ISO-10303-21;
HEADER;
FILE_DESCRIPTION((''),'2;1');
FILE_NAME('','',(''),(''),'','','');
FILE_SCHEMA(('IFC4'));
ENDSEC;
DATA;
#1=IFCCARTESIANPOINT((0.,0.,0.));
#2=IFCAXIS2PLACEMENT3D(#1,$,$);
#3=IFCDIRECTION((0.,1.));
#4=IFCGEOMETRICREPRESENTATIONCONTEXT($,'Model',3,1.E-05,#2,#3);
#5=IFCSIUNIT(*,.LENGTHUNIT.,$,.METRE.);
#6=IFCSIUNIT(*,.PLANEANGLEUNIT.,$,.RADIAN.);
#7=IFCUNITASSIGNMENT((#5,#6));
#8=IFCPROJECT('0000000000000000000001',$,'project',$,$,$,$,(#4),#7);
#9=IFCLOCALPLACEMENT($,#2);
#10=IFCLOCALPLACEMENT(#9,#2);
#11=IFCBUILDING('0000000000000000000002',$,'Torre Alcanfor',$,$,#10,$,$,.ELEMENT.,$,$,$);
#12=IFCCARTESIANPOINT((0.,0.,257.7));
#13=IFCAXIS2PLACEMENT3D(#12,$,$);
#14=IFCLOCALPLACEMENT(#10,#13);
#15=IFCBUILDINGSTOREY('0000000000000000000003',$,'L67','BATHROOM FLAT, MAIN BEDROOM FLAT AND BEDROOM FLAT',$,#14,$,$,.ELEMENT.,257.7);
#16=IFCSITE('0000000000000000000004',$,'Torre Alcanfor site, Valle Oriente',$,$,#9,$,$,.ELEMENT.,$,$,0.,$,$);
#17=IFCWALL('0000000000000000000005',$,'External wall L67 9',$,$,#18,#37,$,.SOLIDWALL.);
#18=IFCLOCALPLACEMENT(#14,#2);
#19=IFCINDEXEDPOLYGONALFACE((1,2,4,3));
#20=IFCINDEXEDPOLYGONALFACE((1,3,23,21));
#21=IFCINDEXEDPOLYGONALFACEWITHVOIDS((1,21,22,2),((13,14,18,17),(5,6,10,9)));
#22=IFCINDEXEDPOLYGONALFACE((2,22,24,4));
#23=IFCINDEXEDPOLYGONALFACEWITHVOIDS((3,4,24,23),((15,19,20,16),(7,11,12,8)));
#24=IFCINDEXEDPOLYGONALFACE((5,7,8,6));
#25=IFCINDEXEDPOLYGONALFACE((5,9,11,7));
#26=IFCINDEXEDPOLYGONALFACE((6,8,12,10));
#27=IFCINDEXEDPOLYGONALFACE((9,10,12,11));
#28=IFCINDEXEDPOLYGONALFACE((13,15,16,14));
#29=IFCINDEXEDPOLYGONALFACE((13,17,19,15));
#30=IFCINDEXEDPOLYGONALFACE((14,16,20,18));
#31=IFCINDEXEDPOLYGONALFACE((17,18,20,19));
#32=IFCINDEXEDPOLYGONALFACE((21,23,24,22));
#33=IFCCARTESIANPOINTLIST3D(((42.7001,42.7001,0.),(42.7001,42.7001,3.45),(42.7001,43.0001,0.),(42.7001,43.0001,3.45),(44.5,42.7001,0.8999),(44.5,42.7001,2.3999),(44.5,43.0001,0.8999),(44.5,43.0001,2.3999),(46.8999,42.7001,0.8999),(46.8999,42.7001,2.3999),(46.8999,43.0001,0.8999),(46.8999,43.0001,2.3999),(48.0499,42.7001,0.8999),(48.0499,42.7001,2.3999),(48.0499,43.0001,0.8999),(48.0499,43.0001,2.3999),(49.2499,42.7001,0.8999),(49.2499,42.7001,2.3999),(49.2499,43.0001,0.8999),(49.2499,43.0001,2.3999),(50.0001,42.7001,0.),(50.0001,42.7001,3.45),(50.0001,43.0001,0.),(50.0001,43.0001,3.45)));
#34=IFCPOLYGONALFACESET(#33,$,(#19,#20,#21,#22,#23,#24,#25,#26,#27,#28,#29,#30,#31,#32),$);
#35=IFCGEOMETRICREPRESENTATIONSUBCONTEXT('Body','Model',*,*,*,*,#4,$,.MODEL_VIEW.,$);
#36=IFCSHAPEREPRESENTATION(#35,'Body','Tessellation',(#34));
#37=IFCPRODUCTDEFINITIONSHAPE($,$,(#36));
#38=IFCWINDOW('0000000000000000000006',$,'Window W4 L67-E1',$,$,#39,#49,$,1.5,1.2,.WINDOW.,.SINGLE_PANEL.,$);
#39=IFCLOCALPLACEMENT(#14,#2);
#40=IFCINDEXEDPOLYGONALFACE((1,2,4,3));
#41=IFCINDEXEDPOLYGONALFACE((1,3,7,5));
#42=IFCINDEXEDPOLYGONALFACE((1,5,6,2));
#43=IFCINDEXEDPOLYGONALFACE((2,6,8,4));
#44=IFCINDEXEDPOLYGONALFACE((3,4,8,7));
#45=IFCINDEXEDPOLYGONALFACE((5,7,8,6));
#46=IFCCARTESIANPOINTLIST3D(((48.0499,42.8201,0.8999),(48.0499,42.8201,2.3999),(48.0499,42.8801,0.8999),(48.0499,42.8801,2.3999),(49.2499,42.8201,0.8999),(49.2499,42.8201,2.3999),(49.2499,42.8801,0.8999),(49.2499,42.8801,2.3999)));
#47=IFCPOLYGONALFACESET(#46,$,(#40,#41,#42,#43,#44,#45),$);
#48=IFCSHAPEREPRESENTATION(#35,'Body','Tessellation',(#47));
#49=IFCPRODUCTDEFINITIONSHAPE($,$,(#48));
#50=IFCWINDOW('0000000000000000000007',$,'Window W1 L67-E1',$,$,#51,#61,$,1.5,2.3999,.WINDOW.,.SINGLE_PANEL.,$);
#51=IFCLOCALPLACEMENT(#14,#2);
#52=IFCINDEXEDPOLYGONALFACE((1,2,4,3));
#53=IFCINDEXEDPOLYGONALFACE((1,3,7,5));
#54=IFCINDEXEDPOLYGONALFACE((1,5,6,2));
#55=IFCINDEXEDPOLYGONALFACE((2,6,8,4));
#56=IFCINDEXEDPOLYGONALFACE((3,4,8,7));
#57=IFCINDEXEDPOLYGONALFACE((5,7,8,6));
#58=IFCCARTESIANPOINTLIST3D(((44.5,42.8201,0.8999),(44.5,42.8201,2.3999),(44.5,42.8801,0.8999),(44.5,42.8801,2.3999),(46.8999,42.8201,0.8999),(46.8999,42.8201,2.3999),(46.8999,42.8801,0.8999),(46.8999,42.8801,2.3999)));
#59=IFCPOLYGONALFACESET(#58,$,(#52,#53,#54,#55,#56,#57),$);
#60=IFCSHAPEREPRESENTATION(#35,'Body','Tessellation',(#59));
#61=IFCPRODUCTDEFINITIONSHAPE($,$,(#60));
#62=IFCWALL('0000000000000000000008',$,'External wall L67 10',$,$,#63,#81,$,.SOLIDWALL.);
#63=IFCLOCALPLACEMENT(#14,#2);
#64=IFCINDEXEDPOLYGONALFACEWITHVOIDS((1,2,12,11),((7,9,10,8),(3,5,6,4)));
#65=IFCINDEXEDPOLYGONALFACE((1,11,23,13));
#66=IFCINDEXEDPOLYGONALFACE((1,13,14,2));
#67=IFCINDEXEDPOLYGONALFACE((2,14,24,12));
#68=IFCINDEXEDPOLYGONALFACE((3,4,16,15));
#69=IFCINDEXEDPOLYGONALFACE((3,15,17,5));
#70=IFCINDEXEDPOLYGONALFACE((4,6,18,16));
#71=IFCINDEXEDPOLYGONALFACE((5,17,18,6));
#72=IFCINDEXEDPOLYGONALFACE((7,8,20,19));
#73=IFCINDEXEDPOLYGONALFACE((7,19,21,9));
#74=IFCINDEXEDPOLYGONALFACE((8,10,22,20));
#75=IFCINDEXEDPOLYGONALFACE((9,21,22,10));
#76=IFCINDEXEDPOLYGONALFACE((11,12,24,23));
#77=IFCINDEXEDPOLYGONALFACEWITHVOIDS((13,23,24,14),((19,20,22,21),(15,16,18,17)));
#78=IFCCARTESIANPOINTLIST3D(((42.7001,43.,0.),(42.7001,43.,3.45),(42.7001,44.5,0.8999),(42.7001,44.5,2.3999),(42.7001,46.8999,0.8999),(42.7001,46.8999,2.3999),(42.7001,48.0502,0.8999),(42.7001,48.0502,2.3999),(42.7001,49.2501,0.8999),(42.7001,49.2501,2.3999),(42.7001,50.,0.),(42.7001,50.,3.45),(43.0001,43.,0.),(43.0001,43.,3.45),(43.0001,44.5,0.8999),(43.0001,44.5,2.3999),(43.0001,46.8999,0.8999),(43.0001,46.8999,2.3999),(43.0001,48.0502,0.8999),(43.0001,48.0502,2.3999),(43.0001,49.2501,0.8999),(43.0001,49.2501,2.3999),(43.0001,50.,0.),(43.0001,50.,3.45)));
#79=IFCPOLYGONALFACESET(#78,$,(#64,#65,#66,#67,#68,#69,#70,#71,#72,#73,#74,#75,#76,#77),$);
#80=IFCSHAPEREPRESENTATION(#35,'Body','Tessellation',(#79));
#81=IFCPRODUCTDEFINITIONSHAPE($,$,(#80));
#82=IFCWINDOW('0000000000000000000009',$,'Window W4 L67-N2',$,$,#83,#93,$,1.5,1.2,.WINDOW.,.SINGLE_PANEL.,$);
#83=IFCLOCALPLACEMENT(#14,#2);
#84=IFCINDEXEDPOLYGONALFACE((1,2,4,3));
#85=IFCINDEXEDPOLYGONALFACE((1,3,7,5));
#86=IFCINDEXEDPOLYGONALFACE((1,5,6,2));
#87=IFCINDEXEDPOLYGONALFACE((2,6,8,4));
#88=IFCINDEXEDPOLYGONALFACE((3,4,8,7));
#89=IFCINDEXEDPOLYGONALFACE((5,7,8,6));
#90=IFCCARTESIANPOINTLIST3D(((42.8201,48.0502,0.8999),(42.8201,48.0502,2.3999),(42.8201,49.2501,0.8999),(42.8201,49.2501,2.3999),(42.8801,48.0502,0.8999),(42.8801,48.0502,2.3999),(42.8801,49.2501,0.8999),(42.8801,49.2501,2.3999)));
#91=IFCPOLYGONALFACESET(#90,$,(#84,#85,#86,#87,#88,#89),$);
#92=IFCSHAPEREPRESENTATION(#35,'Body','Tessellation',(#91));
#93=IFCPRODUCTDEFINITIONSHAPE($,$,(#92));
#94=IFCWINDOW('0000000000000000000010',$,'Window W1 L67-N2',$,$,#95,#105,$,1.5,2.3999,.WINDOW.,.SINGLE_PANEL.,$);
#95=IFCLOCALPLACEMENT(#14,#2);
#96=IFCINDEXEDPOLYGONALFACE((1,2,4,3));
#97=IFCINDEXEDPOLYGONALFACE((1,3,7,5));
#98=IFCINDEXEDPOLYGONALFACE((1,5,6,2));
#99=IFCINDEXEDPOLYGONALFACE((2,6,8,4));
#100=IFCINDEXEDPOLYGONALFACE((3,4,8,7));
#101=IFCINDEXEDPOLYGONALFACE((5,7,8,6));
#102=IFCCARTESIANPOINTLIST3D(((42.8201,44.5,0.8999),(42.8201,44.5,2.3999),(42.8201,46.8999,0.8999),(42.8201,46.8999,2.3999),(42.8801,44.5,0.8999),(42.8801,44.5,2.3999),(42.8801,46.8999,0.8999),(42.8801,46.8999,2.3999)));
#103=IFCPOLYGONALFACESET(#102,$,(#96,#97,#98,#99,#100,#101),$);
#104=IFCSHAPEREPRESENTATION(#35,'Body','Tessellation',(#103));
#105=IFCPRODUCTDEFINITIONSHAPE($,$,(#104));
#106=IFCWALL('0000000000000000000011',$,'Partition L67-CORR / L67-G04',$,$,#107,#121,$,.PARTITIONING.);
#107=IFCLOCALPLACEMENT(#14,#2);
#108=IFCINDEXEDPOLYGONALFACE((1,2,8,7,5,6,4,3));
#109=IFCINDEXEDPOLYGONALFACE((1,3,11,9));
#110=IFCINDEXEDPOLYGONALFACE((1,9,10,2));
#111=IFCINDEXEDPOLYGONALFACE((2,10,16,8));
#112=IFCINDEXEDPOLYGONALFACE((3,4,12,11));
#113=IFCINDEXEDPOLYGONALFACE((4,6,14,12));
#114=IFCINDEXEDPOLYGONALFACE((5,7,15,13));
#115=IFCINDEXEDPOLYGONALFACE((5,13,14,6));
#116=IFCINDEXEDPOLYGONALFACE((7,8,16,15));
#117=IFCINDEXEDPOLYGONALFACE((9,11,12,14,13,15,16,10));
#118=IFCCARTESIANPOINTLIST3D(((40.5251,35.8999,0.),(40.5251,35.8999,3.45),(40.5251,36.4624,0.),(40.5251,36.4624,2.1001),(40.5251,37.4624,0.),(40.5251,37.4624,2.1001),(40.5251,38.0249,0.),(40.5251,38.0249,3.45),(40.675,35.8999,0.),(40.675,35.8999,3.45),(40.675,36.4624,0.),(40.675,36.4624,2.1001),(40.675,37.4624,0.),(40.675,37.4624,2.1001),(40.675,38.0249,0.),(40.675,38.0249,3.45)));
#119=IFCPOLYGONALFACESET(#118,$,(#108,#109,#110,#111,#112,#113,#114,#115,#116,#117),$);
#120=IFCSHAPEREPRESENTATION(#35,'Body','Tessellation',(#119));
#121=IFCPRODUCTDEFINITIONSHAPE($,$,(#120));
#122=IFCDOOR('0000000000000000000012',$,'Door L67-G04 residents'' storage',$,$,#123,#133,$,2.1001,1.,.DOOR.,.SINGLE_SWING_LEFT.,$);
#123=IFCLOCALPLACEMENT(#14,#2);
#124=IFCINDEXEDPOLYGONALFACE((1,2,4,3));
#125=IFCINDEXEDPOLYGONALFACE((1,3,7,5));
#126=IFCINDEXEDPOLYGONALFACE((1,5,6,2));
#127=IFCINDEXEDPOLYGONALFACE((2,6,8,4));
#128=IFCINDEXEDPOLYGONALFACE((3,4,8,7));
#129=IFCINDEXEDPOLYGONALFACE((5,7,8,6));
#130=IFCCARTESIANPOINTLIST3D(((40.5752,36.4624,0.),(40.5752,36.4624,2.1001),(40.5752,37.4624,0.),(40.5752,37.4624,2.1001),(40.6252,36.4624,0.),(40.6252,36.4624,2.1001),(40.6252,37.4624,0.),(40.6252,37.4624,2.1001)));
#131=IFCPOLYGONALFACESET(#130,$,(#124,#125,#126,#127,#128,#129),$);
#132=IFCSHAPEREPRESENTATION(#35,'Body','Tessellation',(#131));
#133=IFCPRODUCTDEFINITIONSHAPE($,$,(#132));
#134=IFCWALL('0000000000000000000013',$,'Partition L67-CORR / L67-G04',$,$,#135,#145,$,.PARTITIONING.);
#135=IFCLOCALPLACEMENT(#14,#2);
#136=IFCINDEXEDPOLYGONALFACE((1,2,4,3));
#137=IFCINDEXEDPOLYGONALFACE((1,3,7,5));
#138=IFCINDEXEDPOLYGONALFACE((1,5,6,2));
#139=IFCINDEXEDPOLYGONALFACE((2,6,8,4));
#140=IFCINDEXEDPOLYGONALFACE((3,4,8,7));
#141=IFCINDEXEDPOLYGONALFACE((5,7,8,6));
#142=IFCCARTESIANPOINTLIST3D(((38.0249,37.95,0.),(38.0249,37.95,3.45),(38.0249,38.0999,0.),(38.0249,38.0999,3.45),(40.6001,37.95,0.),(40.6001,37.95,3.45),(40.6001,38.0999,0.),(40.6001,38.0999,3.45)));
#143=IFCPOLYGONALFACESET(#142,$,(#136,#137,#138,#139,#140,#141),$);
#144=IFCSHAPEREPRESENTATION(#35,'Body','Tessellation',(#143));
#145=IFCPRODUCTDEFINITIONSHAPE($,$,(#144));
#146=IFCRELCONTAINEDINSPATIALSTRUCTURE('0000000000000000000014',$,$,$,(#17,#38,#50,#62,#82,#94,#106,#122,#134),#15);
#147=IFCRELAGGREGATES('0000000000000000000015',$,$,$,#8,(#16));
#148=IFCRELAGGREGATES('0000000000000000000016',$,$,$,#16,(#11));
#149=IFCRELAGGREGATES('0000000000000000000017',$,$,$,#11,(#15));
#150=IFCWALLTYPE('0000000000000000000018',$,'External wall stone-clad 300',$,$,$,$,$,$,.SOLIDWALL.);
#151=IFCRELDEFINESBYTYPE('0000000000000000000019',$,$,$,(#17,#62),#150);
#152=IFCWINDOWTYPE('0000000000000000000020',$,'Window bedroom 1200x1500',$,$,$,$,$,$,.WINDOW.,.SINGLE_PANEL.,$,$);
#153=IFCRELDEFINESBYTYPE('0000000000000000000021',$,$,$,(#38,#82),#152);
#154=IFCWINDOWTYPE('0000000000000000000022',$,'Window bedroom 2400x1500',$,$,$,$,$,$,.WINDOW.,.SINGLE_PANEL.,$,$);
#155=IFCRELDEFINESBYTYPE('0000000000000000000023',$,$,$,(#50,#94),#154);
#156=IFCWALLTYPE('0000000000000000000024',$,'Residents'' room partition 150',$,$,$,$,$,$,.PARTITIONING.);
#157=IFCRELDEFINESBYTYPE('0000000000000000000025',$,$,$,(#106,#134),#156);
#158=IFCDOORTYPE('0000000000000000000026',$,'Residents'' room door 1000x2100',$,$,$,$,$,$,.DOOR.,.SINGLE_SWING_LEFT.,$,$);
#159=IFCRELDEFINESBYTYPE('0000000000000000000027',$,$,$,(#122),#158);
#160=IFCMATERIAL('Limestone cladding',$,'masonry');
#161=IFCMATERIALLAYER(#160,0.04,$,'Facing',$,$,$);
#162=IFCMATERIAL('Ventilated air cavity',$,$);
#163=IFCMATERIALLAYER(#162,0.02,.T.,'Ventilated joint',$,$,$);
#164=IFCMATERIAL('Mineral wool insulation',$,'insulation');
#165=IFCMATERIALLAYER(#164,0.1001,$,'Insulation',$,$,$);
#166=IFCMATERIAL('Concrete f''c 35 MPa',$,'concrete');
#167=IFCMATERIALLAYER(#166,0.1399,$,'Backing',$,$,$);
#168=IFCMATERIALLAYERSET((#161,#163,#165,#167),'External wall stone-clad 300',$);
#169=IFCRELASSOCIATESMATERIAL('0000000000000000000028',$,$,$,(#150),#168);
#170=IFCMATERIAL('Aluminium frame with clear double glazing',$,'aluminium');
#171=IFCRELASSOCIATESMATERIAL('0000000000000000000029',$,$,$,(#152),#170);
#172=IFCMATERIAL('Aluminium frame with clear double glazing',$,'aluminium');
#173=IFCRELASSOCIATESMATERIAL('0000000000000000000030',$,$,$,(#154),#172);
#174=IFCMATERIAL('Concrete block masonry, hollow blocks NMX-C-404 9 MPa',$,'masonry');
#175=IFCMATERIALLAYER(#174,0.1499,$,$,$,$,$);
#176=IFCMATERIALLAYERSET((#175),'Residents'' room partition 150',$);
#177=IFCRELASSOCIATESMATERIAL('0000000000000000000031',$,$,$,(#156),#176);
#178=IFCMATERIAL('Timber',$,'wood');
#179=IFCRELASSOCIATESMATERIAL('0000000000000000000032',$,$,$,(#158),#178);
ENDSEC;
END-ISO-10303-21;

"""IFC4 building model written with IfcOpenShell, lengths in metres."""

from ifc_helpers import new_model, si_unit, direction, frame, frame_2d, origin, place, context, subcontext, project, spatial, rectangle, extrude, material, layer, layer_set, type_object, element, fill, save


model = new_model("IFC4")

# Units and contexts
model_context = context("Model", 3, precision=1e-05, world=origin(), true_north=direction((0.0, 1.0)))
body_context = subcontext(model_context, "Body", "Model", "MODEL_VIEW")
ifc_project = project(units=[si_unit("LENGTHUNIT", "METRE"), si_unit("PLANEANGLEUNIT", "RADIAN")], contexts=[model_context])

# Site, building, storey
site_placement = place(None, origin())
site = spatial("IfcSite", under=ifc_project, at=site_placement, Name="Torre Alcanfor site, Valle Oriente", CompositionType="ELEMENT", RefElevation=0.0)
building_placement = place(site_placement, origin())
building = spatial("IfcBuilding", under=site, at=building_placement, Name="Torre Alcanfor", CompositionType="ELEMENT")
storey_placement = place(building_placement, frame((0.0, 0.0, 257.7)))
storey = spatial("IfcBuildingStorey", under=building, at=storey_placement, Name="L67", Description="BATHROOM FLAT, MAIN BEDROOM FLAT AND BEDROOM FLAT", CompositionType="ELEMENT", Elevation=257.7)

# Walls, openings, windows
ifc_material_1 = material(Name="Limestone cladding", Category="masonry")
ifc_layer_1 = layer(ifc_material_1, 0.04, Name="Facing")
ifc_material_2 = material(Name="Ventilated air cavity")
ifc_layer_2 = layer(ifc_material_2, 0.02, ventilated=True, Name="Ventilated joint")
ifc_material_3 = material(Name="Mineral wool insulation", Category="insulation")
ifc_layer_3 = layer(ifc_material_3, 0.1001, Name="Insulation")
ifc_material_4 = material(Name="Concrete f'c 35 MPa", Category="concrete")
ifc_layer_4 = layer(ifc_material_4, 0.1399, Name="Backing")
ifc_layer_set_1 = layer_set([ifc_layer_1, ifc_layer_2, ifc_layer_3, ifc_layer_4], Name="External wall stone-clad 300")
wall_type_1 = type_object("IfcWallType", Name="External wall stone-clad 300", PredefinedType="SOLIDWALL", material=ifc_layer_set_1)
wall_1_placement = place(storey_placement, frame((50.0, 42.8501, 0.0), z_axis=(0.0, 0.0, 1.0), x_axis=(-1.0, 0.0, 0.0)))
wall_1 = element("IfcWall", 1, at=wall_1_placement, inside=storey, type_object=wall_type_1, Name="External wall L67 9", PredefinedType="SOLIDWALL", context=body_context, shape_type="SweptSolid", body=[
    extrude(rectangle(XDim=7.3, YDim=0.3, at=frame_2d((3.6499, 0.0))), origin(), (0.0, 0.0, 1.0), 3.45),
])
opening_1_placement = place(wall_1_placement, frame((3.1001, 0.0, 0.8999)))
opening_1 = element("IfcOpeningElement", 2, at=opening_1_placement, cuts=wall_1, PredefinedType="OPENING", context=body_context, shape_type="SweptSolid", body=[
    extrude(rectangle(XDim=2.3999, YDim=1.5, at=frame_2d((1.2, 0.75))), frame((0.0, 0.1599, 0.0), z_axis=(0.0, -1.0, 0.0), x_axis=(1.0, 0.0, 0.0)), (0.0, 0.0, 1.0), 0.3201),
])
opening_2_placement = place(wall_1_placement, frame((0.75, 0.0, 0.8999)))
opening_2 = element("IfcOpeningElement", 3, at=opening_2_placement, cuts=wall_1, PredefinedType="OPENING", context=body_context, shape_type="SweptSolid", body=[
    extrude(rectangle(XDim=1.2, YDim=1.5, at=frame_2d((0.6001, 0.75))), frame((0.0, 0.1599, 0.0), z_axis=(0.0, -1.0, 0.0), x_axis=(1.0, 0.0, 0.0)), (0.0, 0.0, 1.0), 0.3201),
])
ifc_material_5 = material(Name="Aluminium frame with clear double glazing", Category="aluminium")
window_type_1 = type_object("IfcWindowType", Name="Window bedroom 1200x1500", PartitioningType="SINGLE_PANEL", PredefinedType="WINDOW", material=ifc_material_5)
window_1_placement = place(opening_2_placement, origin())
window_1 = element("IfcWindow", 4, at=window_1_placement, inside=storey, type_object=window_type_1, Name="Window W4 L67-E1", OverallHeight=1.5, OverallWidth=1.2, PartitioningType="SINGLE_PANEL", PredefinedType="WINDOW", context=body_context, shape_type="SweptSolid", body=[
    extrude(rectangle(XDim=1.2, YDim=1.5, at=frame_2d((0.6001, 0.75))), frame((0.0, 0.03, 0.0), z_axis=(0.0, -1.0, 0.0), x_axis=(1.0, 0.0, 0.0)), (0.0, 0.0, 1.0), 0.0601),
])
fill(opening_2, window_1)
ifc_material_6 = material(Name="Aluminium frame with clear double glazing", Category="aluminium")
window_type_2 = type_object("IfcWindowType", Name="Window bedroom 2400x1500", PartitioningType="SINGLE_PANEL", PredefinedType="WINDOW", material=ifc_material_6)
window_2_placement = place(opening_1_placement, origin())
window_2 = element("IfcWindow", 5, at=window_2_placement, inside=storey, type_object=window_type_2, Name="Window W1 L67-E1", OverallHeight=1.5, OverallWidth=2.3999, PartitioningType="SINGLE_PANEL", PredefinedType="WINDOW", context=body_context, shape_type="SweptSolid", body=[
    extrude(rectangle(XDim=2.3999, YDim=1.5, at=frame_2d((1.2, 0.75))), frame((0.0, 0.03, 0.0), z_axis=(0.0, -1.0, 0.0), x_axis=(1.0, 0.0, 0.0)), (0.0, 0.0, 1.0), 0.0601),
])
fill(opening_1, window_2)
wall_2_placement = place(storey_placement, frame((42.8501, 43.0, 0.0), z_axis=(0.0, 0.0, 1.0), x_axis=(0.0, 1.0, 0.0)))
wall_2 = element("IfcWall", 6, at=wall_2_placement, inside=storey, type_object=wall_type_1, Name="External wall L67 10", PredefinedType="SOLIDWALL", context=body_context, shape_type="SweptSolid", body=[
    extrude(rectangle(XDim=7.0, YDim=0.3, at=frame_2d((3.5, 0.0))), origin(), (0.0, 0.0, 1.0), 3.45),
])
opening_3_placement = place(wall_2_placement, frame((1.5, 0.0, 0.8999)))
opening_3 = element("IfcOpeningElement", 7, at=opening_3_placement, cuts=wall_2, PredefinedType="OPENING", context=body_context, shape_type="SweptSolid", body=[
    extrude(rectangle(XDim=2.3999, YDim=1.5, at=frame_2d((1.2, 0.75))), frame((0.0, 0.1599, 0.0), z_axis=(0.0, -1.0, 0.0), x_axis=(1.0, 0.0, 0.0)), (0.0, 0.0, 1.0), 0.3201),
])
opening_4_placement = place(wall_2_placement, frame((5.05, 0.0, 0.8999)))
opening_4 = element("IfcOpeningElement", 8, at=opening_4_placement, cuts=wall_2, PredefinedType="OPENING", context=body_context, shape_type="SweptSolid", body=[
    extrude(rectangle(XDim=1.2, YDim=1.5, at=frame_2d((0.6001, 0.75))), frame((0.0, 0.1599, 0.0), z_axis=(0.0, -1.0, 0.0), x_axis=(1.0, 0.0, 0.0)), (0.0, 0.0, 1.0), 0.3201),
])
window_3_placement = place(opening_4_placement, origin())
window_3 = element("IfcWindow", 9, at=window_3_placement, inside=storey, type_object=window_type_1, Name="Window W4 L67-N2", OverallHeight=1.5, OverallWidth=1.2, PartitioningType="SINGLE_PANEL", PredefinedType="WINDOW", context=body_context, shape_type="SweptSolid", body=[
    extrude(rectangle(XDim=1.2, YDim=1.5, at=frame_2d((0.6001, 0.75))), frame((0.0, 0.03, 0.0), z_axis=(0.0, -1.0, 0.0), x_axis=(1.0, 0.0, 0.0)), (0.0, 0.0, 1.0), 0.0601),
])
fill(opening_4, window_3)
window_4_placement = place(opening_3_placement, origin())
window_4 = element("IfcWindow", 10, at=window_4_placement, inside=storey, type_object=window_type_2, Name="Window W1 L67-N2", OverallHeight=1.5, OverallWidth=2.3999, PartitioningType="SINGLE_PANEL", PredefinedType="WINDOW", context=body_context, shape_type="SweptSolid", body=[
    extrude(rectangle(XDim=2.3999, YDim=1.5, at=frame_2d((1.2, 0.75))), frame((0.0, 0.03, 0.0), z_axis=(0.0, -1.0, 0.0), x_axis=(1.0, 0.0, 0.0)), (0.0, 0.0, 1.0), 0.0601),
])
fill(opening_3, window_4)

# Wall, opening, door
ifc_material_7 = material(Name="Concrete block masonry, hollow blocks NMX-C-404 9 MPa", Category="masonry")
ifc_layer_5 = layer(ifc_material_7, 0.1499)
ifc_layer_set_2 = layer_set([ifc_layer_5], Name="Residents' room partition 150")
wall_type_2 = type_object("IfcWallType", Name="Residents' room partition 150", PredefinedType="PARTITIONING", material=ifc_layer_set_2)
wall_3_placement = place(storey_placement, frame((40.6001, 35.8999, 0.0), z_axis=(0.0, 0.0, 1.0), x_axis=(0.0, 1.0, 0.0)))
wall_3 = element("IfcWall", 11, at=wall_3_placement, inside=storey, type_object=wall_type_2, Name="Partition L67-CORR / L67-G04", PredefinedType="PARTITIONING", context=body_context, shape_type="SweptSolid", body=[
    extrude(rectangle(XDim=2.125, YDim=0.1499, at=frame_2d((1.0625, 0.0))), origin(), (0.0, 0.0, 1.0), 3.45),
])
opening_5_placement = place(wall_3_placement, frame((0.5625, 0.0, 0.0)))
opening_5 = element("IfcOpeningElement", 12, at=opening_5_placement, cuts=wall_3, PredefinedType="OPENING", context=body_context, shape_type="SweptSolid", body=[
    extrude(rectangle(XDim=1.0, YDim=2.1001, at=frame_2d((0.5, 1.05))), frame((0.0, 0.085, 0.0), z_axis=(0.0, -1.0, 0.0), x_axis=(1.0, 0.0, 0.0)), (0.0, 0.0, 1.0), 0.1699),
])
ifc_material_8 = material(Name="Timber", Category="wood")
door_type_1 = type_object("IfcDoorType", Name="Residents' room door 1000x2100", OperationType="SINGLE_SWING_LEFT", PredefinedType="DOOR", material=ifc_material_8)
door_1_placement = place(opening_5_placement, origin())
door_1 = element("IfcDoor", 13, at=door_1_placement, inside=storey, type_object=door_type_1, Name="Door L67-G04 residents' storage", OperationType="SINGLE_SWING_LEFT", OverallHeight=2.1001, OverallWidth=1.0, PredefinedType="DOOR", context=body_context, shape_type="SweptSolid", body=[
    extrude(rectangle(XDim=1.0, YDim=2.1001, at=frame_2d((0.5, 1.05))), frame((0.0, 0.0249, 0.0), z_axis=(0.0, -1.0, 0.0), x_axis=(1.0, 0.0, 0.0)), (0.0, 0.0, 1.0), 0.05),
])
fill(opening_5, door_1)

# Wall
wall_4_placement = place(storey_placement, frame((40.6001, 38.0249, 0.0), z_axis=(0.0, 0.0, 1.0), x_axis=(-1.0, 0.0, 0.0)))
element("IfcWall", 14, at=wall_4_placement, inside=storey, type_object=wall_type_2, Name="Partition L67-CORR / L67-G04", PredefinedType="PARTITIONING", context=body_context, shape_type="SweptSolid", body=[
    extrude(rectangle(XDim=2.5752, YDim=0.1499, at=frame_2d((1.2876, 0.0))), origin(), (0.0, 0.0, 1.0), 3.45),
])

save(model, "model.ifc")
